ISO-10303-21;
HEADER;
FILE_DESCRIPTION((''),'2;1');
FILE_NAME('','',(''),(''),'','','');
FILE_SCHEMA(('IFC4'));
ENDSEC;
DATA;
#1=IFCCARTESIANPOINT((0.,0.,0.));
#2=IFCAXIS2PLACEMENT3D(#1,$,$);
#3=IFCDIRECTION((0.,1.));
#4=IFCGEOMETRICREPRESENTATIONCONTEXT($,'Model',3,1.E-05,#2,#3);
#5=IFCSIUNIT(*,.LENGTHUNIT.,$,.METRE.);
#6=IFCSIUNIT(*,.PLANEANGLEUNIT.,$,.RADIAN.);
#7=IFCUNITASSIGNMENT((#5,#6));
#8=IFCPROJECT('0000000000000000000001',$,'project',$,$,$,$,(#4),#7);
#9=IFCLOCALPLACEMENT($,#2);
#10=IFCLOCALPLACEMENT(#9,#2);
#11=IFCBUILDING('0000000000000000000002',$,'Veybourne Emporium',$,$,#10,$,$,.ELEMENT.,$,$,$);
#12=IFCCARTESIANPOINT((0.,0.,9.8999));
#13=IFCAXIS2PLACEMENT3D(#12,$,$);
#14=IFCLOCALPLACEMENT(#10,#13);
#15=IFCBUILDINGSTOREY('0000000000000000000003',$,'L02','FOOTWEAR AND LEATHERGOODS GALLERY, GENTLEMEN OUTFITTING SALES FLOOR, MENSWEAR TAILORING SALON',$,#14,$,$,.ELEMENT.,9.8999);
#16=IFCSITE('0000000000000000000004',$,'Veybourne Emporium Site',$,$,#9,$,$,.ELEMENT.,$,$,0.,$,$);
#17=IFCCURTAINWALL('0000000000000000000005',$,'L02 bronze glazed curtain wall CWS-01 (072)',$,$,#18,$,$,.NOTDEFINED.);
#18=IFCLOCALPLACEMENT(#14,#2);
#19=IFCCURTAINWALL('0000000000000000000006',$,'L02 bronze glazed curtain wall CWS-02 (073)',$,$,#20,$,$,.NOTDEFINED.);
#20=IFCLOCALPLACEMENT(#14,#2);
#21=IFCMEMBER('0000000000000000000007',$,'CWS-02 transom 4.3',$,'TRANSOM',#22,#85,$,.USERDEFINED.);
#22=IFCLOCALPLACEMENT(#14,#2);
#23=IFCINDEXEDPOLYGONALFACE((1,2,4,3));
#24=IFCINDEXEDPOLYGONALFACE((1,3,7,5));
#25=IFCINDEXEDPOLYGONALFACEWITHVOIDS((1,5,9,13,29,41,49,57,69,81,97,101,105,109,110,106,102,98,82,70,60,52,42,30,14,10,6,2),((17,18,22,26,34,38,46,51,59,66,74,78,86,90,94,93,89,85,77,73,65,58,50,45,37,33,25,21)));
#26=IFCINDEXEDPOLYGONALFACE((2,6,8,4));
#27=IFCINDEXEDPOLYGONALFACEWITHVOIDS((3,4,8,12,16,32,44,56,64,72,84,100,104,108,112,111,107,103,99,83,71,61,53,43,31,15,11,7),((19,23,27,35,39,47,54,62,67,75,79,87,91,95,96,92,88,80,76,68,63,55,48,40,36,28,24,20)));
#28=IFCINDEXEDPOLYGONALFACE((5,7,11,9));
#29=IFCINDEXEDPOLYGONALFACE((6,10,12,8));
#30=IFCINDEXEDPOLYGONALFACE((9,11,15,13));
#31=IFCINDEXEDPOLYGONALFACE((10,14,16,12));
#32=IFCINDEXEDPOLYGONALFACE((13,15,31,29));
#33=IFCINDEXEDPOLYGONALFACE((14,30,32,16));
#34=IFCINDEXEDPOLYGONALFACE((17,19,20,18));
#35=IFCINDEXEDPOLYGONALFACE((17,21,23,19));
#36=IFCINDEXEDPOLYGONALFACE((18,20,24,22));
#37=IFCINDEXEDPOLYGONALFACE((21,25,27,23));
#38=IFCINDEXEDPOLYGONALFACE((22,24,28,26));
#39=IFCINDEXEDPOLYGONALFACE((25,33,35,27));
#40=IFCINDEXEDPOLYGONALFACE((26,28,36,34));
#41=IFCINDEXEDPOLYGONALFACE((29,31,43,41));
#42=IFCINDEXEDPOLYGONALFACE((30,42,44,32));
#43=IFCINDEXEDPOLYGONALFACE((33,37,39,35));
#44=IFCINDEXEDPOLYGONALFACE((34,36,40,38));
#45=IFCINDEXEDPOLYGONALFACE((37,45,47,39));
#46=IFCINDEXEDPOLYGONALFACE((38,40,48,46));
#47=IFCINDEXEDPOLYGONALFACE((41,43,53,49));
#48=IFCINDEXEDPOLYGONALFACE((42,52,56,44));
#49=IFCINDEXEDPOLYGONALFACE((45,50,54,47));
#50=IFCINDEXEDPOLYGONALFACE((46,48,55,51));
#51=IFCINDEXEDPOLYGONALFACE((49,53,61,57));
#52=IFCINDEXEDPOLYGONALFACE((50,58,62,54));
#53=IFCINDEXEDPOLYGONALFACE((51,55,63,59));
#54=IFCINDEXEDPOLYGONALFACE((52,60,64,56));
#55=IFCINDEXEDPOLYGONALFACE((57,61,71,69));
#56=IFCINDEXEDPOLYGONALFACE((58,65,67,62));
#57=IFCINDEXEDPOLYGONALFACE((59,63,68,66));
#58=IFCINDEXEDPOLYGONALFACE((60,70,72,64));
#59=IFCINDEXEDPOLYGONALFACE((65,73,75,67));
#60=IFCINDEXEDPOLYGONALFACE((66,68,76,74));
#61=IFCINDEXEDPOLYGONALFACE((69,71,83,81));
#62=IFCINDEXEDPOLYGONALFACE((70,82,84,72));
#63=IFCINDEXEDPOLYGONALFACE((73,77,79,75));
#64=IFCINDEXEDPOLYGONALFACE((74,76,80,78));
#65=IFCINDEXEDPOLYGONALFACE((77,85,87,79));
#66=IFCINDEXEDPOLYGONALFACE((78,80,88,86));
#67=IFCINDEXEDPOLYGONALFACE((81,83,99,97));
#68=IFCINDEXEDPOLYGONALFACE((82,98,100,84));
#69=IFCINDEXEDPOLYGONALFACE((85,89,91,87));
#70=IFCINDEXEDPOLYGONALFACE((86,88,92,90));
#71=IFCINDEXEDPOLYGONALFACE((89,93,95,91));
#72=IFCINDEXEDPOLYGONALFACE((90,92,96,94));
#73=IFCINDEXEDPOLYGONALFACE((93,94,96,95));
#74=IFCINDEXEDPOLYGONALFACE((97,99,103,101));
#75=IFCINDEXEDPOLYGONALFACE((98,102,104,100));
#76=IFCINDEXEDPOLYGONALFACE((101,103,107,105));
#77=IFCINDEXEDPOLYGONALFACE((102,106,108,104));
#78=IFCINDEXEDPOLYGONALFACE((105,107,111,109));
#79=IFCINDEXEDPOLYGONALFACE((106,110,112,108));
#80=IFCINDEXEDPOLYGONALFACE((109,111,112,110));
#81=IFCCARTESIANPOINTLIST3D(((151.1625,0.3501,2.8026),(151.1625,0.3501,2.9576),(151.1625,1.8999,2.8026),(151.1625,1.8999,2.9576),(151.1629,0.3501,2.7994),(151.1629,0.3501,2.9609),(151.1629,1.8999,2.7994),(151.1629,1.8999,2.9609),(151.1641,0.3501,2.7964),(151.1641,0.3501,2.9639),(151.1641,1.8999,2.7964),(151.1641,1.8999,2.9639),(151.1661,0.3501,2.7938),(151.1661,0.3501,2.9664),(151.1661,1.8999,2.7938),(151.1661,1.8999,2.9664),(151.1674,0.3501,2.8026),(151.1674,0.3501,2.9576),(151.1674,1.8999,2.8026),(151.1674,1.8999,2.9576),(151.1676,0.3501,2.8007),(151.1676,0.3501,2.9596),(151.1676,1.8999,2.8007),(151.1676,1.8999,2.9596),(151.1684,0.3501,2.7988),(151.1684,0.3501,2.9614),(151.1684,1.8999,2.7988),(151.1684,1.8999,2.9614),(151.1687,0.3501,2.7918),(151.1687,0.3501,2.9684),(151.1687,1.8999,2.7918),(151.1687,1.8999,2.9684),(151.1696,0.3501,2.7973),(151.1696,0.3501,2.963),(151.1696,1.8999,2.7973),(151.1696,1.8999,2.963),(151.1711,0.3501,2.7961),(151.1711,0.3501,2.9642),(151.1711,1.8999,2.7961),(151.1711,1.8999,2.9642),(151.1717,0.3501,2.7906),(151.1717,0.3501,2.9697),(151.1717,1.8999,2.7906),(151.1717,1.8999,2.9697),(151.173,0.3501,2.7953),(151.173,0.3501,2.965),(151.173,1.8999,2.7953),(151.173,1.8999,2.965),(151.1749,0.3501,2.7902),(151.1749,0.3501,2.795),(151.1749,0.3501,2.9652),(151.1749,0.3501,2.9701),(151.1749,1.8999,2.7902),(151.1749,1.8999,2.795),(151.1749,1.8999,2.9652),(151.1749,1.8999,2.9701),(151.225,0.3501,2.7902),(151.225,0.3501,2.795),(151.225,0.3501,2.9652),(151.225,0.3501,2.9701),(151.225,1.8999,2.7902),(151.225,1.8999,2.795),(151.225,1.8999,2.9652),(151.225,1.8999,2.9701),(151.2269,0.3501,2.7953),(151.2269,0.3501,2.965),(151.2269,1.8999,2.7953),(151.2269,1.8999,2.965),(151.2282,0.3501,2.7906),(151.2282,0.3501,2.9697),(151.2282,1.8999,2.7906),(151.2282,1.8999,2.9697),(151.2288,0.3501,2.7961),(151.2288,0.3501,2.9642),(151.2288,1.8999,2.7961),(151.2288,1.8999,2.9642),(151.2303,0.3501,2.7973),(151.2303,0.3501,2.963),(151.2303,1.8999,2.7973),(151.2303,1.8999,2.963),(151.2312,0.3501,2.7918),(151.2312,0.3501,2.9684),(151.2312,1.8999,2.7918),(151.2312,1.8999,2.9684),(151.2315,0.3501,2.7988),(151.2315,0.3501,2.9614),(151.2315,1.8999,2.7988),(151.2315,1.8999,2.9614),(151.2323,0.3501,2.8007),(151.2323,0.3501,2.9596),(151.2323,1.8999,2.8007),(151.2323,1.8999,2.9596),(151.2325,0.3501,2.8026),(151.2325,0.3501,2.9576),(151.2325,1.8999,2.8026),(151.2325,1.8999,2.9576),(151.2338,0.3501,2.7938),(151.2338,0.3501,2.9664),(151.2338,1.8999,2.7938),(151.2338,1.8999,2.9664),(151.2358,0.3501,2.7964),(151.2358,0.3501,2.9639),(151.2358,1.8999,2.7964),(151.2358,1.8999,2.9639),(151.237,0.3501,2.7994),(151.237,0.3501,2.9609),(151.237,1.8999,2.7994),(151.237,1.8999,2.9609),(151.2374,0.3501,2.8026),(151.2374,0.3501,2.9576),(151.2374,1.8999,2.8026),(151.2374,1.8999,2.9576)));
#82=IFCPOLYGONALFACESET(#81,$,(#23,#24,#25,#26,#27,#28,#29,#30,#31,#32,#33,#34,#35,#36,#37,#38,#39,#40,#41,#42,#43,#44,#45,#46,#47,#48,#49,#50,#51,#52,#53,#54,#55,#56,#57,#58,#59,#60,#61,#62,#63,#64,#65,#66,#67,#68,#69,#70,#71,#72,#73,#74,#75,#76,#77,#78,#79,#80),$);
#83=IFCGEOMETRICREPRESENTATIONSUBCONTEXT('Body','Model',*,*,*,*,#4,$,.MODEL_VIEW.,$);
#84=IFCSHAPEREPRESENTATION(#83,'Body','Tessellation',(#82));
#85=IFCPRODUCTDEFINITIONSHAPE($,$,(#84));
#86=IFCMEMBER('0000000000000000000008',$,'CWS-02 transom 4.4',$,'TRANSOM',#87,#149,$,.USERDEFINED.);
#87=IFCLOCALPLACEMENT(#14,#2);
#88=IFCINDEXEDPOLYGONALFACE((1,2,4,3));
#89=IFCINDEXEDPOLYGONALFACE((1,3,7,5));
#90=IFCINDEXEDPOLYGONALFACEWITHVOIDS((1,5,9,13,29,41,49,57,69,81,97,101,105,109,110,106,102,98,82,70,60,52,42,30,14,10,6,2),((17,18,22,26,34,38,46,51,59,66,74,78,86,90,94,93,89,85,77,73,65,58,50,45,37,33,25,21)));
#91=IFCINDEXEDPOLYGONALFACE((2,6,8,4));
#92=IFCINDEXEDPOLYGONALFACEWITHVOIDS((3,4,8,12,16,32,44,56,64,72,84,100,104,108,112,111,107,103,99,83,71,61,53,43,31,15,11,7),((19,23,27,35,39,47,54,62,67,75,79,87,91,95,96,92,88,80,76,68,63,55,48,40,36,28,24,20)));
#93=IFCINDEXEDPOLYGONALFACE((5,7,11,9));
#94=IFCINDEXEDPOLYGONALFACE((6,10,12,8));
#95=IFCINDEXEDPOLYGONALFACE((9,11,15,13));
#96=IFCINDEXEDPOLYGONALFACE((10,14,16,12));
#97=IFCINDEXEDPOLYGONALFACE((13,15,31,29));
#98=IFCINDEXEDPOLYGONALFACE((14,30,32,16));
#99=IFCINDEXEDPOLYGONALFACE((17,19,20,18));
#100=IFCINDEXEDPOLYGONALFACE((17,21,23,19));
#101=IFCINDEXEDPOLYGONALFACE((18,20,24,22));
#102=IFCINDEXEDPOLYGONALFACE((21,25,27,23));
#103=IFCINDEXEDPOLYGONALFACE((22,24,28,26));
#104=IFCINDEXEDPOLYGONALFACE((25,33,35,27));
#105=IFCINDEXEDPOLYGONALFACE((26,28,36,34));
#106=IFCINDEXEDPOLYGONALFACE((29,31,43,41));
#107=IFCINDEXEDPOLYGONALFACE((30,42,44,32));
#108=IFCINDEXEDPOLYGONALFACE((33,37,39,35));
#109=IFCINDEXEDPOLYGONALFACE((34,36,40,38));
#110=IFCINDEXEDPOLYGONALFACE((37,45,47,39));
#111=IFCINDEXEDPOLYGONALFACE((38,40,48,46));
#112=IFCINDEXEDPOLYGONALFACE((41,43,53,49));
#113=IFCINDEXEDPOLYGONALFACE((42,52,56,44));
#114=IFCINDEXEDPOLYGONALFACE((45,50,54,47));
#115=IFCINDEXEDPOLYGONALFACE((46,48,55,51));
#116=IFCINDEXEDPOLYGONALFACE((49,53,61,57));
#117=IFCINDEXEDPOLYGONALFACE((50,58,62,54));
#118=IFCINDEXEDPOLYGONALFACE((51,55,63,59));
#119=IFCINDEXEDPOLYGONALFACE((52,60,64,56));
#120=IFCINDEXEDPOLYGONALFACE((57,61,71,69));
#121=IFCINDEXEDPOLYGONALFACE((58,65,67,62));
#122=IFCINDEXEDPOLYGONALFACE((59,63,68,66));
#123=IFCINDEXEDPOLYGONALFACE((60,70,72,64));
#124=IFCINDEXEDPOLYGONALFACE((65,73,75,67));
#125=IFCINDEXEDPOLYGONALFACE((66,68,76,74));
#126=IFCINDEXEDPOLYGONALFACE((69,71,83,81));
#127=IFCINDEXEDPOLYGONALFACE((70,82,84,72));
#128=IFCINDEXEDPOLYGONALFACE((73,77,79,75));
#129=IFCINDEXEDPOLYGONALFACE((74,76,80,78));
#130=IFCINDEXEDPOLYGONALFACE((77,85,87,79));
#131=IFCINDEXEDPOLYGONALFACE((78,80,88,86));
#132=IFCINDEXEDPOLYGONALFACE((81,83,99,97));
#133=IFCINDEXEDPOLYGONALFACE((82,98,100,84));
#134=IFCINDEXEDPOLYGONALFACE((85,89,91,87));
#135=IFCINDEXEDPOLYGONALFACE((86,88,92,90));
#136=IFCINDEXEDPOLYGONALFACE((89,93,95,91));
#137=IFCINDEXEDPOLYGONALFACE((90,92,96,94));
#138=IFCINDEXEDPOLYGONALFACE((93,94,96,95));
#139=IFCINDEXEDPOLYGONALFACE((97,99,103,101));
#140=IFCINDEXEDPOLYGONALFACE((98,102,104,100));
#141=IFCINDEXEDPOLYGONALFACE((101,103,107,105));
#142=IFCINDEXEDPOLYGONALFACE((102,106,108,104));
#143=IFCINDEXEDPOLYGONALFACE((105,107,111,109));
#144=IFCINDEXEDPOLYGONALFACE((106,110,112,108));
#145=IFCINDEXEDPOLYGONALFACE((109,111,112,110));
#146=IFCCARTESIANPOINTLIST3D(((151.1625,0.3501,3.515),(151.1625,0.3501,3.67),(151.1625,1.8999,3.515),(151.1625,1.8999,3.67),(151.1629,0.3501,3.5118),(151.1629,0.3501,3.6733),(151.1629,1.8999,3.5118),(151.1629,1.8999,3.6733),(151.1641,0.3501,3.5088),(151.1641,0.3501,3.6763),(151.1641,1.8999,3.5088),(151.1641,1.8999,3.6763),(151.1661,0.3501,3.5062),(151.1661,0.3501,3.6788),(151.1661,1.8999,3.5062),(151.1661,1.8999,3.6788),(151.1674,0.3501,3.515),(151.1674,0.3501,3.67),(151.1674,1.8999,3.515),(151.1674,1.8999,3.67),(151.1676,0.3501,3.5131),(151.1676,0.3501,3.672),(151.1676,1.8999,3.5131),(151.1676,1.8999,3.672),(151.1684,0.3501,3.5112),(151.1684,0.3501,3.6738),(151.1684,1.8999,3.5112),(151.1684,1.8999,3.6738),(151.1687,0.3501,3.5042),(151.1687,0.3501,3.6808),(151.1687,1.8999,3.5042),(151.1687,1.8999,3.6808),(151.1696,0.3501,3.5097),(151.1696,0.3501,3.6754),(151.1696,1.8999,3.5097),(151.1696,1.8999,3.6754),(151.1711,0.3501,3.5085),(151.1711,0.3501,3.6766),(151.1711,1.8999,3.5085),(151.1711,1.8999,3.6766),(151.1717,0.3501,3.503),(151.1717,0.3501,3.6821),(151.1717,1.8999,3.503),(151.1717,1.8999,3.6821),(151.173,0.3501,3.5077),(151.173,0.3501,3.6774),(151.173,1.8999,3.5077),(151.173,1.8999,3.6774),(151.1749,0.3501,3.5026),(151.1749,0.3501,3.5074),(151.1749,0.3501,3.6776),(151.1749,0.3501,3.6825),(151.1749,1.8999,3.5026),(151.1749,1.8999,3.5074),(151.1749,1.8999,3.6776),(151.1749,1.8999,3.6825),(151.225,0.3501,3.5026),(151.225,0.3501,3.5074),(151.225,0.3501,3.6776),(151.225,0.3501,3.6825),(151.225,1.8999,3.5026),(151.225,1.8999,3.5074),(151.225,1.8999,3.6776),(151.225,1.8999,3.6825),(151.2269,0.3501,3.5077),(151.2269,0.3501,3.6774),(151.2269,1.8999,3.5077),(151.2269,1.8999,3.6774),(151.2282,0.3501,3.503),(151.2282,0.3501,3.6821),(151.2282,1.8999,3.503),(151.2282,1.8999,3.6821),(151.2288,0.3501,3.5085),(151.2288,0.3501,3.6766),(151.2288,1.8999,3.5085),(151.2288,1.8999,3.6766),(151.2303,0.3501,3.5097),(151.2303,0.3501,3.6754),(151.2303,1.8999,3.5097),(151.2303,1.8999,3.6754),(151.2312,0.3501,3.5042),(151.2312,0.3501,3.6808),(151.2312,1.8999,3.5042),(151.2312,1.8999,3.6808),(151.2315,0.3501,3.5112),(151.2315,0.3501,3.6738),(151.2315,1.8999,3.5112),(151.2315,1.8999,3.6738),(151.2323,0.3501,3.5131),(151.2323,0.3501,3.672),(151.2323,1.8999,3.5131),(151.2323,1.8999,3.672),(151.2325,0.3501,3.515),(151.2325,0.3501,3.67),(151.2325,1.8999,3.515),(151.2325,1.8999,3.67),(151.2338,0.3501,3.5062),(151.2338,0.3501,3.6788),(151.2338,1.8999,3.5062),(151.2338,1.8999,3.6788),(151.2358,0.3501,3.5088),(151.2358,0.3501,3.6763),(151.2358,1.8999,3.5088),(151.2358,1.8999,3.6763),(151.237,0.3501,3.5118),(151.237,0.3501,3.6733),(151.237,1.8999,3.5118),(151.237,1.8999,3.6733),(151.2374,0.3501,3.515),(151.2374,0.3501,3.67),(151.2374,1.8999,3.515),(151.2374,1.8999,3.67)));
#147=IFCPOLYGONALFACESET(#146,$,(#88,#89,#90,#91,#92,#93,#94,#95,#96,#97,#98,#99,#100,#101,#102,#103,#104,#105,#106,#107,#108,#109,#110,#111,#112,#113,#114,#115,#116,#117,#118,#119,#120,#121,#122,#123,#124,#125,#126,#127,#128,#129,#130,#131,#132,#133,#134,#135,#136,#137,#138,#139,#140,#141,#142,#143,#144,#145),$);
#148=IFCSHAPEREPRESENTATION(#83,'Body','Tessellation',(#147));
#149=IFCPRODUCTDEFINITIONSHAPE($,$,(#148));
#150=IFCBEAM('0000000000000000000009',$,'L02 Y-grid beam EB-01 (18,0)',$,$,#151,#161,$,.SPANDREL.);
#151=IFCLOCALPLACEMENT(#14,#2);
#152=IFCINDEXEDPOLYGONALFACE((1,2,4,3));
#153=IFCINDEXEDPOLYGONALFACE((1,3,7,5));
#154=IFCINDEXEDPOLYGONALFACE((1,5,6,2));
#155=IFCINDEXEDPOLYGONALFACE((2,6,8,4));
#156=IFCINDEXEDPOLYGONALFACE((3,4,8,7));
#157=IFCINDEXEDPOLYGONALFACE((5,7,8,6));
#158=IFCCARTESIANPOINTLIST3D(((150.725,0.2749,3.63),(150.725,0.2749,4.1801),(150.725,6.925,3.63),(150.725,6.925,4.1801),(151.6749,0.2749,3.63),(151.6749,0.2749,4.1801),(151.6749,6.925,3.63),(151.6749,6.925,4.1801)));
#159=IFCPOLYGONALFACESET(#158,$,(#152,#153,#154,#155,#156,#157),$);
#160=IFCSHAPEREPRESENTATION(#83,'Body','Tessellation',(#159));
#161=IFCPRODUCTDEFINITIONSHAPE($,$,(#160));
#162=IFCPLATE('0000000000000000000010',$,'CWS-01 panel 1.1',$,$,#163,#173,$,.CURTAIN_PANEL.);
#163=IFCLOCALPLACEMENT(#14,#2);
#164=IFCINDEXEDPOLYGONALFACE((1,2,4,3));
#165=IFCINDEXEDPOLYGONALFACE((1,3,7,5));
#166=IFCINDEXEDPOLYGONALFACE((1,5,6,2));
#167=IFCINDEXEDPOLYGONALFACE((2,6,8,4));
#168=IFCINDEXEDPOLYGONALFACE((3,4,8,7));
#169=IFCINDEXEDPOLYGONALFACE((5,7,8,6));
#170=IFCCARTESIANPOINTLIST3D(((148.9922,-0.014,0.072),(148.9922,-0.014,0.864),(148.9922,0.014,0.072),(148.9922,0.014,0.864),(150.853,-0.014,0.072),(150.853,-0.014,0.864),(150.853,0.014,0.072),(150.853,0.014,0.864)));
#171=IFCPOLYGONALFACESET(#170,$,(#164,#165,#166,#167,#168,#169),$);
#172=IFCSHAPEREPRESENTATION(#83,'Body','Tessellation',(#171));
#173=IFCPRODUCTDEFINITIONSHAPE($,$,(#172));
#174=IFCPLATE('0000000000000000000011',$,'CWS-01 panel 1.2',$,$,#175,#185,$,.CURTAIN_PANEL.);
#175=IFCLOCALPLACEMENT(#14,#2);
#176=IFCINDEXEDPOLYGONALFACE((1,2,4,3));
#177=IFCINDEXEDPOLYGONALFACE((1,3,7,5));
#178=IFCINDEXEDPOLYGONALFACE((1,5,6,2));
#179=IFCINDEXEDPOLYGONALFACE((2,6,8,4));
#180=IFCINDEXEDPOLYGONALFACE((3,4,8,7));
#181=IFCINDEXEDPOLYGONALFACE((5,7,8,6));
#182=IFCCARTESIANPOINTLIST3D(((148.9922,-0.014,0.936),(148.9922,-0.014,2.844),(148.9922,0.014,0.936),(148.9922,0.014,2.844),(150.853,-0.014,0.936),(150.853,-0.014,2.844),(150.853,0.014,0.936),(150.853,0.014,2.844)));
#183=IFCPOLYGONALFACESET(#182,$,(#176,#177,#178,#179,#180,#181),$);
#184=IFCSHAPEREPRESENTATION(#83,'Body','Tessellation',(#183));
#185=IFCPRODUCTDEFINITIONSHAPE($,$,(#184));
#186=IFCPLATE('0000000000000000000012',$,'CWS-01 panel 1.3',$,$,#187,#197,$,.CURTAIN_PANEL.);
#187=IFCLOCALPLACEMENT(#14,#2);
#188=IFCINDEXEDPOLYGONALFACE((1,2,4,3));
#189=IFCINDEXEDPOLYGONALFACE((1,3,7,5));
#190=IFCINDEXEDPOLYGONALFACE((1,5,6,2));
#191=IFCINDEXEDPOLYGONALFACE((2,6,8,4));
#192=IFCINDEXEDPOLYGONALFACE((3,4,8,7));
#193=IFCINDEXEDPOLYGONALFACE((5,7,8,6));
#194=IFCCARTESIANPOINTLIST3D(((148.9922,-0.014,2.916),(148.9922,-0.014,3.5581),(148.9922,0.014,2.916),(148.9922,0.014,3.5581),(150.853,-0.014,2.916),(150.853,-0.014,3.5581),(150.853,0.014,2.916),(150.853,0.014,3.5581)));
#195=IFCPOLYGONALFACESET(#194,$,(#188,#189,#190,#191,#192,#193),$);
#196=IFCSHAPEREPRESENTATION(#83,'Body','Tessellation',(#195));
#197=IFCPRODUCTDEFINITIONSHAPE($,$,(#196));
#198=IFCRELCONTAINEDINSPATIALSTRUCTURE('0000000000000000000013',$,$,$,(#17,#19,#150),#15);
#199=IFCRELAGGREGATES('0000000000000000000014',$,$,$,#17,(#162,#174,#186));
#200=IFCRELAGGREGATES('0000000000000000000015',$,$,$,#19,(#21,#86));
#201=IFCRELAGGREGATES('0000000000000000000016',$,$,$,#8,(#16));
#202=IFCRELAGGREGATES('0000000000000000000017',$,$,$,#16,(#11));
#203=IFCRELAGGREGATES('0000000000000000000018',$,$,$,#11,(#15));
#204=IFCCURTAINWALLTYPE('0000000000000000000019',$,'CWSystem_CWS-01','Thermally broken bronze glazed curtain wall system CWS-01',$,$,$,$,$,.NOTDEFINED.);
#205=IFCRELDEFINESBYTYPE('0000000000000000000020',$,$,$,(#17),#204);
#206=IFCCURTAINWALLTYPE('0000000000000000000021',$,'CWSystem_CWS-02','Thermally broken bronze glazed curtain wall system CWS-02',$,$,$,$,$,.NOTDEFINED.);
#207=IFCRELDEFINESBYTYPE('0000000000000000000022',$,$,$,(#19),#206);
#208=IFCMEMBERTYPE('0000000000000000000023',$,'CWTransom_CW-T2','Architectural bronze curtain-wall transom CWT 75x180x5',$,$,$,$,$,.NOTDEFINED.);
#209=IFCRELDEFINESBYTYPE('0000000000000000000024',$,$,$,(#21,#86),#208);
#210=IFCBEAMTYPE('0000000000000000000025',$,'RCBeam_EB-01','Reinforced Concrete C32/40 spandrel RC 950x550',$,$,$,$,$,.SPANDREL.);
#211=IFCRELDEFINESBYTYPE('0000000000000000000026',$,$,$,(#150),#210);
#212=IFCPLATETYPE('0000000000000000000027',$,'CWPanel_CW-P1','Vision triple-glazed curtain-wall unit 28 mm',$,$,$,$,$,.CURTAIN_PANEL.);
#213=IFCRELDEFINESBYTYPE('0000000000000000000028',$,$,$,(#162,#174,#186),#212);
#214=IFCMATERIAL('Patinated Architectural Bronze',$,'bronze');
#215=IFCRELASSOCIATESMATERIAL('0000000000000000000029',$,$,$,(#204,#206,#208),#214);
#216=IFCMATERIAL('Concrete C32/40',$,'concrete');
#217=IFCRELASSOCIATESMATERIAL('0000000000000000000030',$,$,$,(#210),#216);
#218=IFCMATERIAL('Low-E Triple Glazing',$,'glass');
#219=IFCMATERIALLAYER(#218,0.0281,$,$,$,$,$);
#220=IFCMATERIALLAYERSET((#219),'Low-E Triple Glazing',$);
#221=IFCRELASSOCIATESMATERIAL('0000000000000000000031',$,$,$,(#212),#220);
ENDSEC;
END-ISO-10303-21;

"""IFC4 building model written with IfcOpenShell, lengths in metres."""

from ifc_helpers import new_model, si_unit, direction, frame, origin, origin_2d, place, context, subcontext, project, spatial, rectangle, hollow_rectangle, extrude, material, layer, layer_set, material_profile, profile_set, type_object, element, aggregate, save


model = new_model("IFC4")

# Units and contexts
model_context = context("Model", 3, precision=1e-05, world=origin(), true_north=direction((0.0, 1.0)))
body_context = subcontext(model_context, "Body", "Model", "MODEL_VIEW")
ifc_project = project(units=[si_unit("LENGTHUNIT", "METRE"), si_unit("PLANEANGLEUNIT", "RADIAN")], contexts=[model_context])

# Site, building, storey
site_placement = place(None, origin())
site = spatial("IfcSite", under=ifc_project, at=site_placement, Name="Veybourne Emporium Site", CompositionType="ELEMENT", RefElevation=0.0)
building_placement = place(site_placement, origin())
building = spatial("IfcBuilding", under=site, at=building_placement, Name="Veybourne Emporium", CompositionType="ELEMENT")
storey_placement = place(building_placement, frame((0.0, 0.0, 9.8999)))
storey = spatial("IfcBuildingStorey", under=building, at=storey_placement, Name="L02", Description="FOOTWEAR AND LEATHERGOODS GALLERY, GENTLEMEN OUTFITTING SALES FLOOR, MENSWEAR TAILORING SALON", CompositionType="ELEMENT", Elevation=9.8999)

# Curtain walls
ifc_material_1 = material(Name="Patinated Architectural Bronze", Category="bronze")
curtain_wall_type_1 = type_object("IfcCurtainWallType", Name="CWSystem_CWS-01", Description="Thermally broken bronze glazed curtain wall system CWS-01", PredefinedType="NOTDEFINED", material=ifc_material_1)
curtain_wall_1_placement = place(storey_placement, origin())
curtain_wall_1 = element("IfcCurtainWall", 1, at=curtain_wall_1_placement, inside=storey, type_object=curtain_wall_type_1, Name="L02 bronze glazed curtain wall CWS-01 (072)", PredefinedType="NOTDEFINED")
curtain_wall_type_2 = type_object("IfcCurtainWallType", Name="CWSystem_CWS-02", Description="Thermally broken bronze glazed curtain wall system CWS-02", PredefinedType="NOTDEFINED", material=ifc_material_1)
curtain_wall_2_placement = place(storey_placement, origin())
curtain_wall_2 = element("IfcCurtainWall", 2, at=curtain_wall_2_placement, inside=storey, type_object=curtain_wall_type_2, Name="L02 bronze glazed curtain wall CWS-02 (073)", PredefinedType="NOTDEFINED")

# Members
ifc_material_profile_1 = material_profile(ifc_material_1, hollow_rectangle(XDim=0.075, YDim=0.1799, WallThickness=0.0049, InnerFilletRadius=0.0076, OuterFilletRadius=0.0125, at=origin_2d()), Name="CWT 75x180x5")
ifc_profile_set_1 = profile_set([ifc_material_profile_1], Name="Patinated Architectural Bronze")
member_type_1 = type_object("IfcMemberType", Name="CWTransom_CW-T2", Description="Architectural bronze curtain-wall transom CWT 75x180x5", PredefinedType="NOTDEFINED", material=ifc_profile_set_1)
member_1_placement = place(storey_placement, frame((151.2, 1.8999, 2.8801), z_axis=(0.0, -1.0, 0.0), x_axis=(1.0, 0.0, 0.0)))
member_1 = element("IfcMember", 3, at=member_1_placement, type_object=member_type_1, Name="CWS-02 transom 4.3", ObjectType="TRANSOM", PredefinedType="USERDEFINED", context=body_context, shape_type="SweptSolid", body=[
    extrude(hollow_rectangle(XDim=0.075, YDim=0.1799, WallThickness=0.0049, InnerFilletRadius=0.0076, OuterFilletRadius=0.0125, at=origin_2d()), origin(), (0.0, 0.0, 1.0), 1.5498),
])
member_2_placement = place(storey_placement, frame((151.2, 1.8999, 3.5925), z_axis=(0.0, -1.0, 0.0), x_axis=(1.0, 0.0, 0.0)))
member_2 = element("IfcMember", 4, at=member_2_placement, type_object=member_type_1, Name="CWS-02 transom 4.4", ObjectType="TRANSOM", PredefinedType="USERDEFINED", context=body_context, shape_type="SweptSolid", body=[
    extrude(hollow_rectangle(XDim=0.075, YDim=0.1799, WallThickness=0.0049, InnerFilletRadius=0.0076, OuterFilletRadius=0.0125, at=origin_2d()), origin(), (0.0, 0.0, 1.0), 1.5498),
])

# Beam
ifc_material_2 = material(Name="Concrete C32/40", Category="concrete")
ifc_material_profile_2 = material_profile(ifc_material_2, rectangle(XDim=0.95, YDim=0.55, at=origin_2d()), Name="RC 950x550")
ifc_profile_set_2 = profile_set([ifc_material_profile_2], Name="Concrete C32/40")
beam_type = type_object("IfcBeamType", Name="RCBeam_EB-01", Description="Reinforced Concrete C32/40 spandrel RC 950x550", PredefinedType="SPANDREL", material=ifc_profile_set_2)
beam_placement = place(storey_placement, frame((151.2, 0.2749, 3.905), z_axis=(0.0, 1.0, 0.0), x_axis=(-1.0, 0.0, 0.0)))
element("IfcBeam", 5, at=beam_placement, inside=storey, type_object=beam_type, Name="L02 Y-grid beam EB-01 (18,0)", PredefinedType="SPANDREL", context=body_context, shape_type="SweptSolid", body=[
    extrude(rectangle(XDim=0.95, YDim=0.55, at=origin_2d()), origin(), (0.0, 0.0, 1.0), 6.6501),
])

# Plates
ifc_material_3 = material(Name="Low-E Triple Glazing", Category="glass")
ifc_layer_1 = layer(ifc_material_3, 0.0281)
ifc_layer_set_1 = layer_set([ifc_layer_1], Name="Low-E Triple Glazing")
plate_type = type_object("IfcPlateType", Name="CWPanel_CW-P1", Description="Vision triple-glazed curtain-wall unit 28 mm", PredefinedType="CURTAIN_PANEL", material=ifc_layer_set_1)
plate_1_placement = place(storey_placement, frame((149.9226, 0.0, 0.072), z_axis=(0.0, 0.0, 1.0), x_axis=(-1.0, 0.0, 0.0)))
plate_1 = element("IfcPlate", 6, at=plate_1_placement, type_object=plate_type, Name="CWS-01 panel 1.1", PredefinedType="CURTAIN_PANEL", context=body_context, shape_type="SweptSolid", body=[
    extrude(rectangle(XDim=1.8608, YDim=0.0281, at=origin_2d()), origin(), (0.0, 0.0, 1.0), 0.792),
])
plate_2_placement = place(storey_placement, frame((149.9226, 0.0, 0.936), z_axis=(0.0, 0.0, 1.0), x_axis=(-1.0, 0.0, 0.0)))
plate_2 = element("IfcPlate", 7, at=plate_2_placement, type_object=plate_type, Name="CWS-01 panel 1.2", PredefinedType="CURTAIN_PANEL", context=body_context, shape_type="SweptSolid", body=[
    extrude(rectangle(XDim=1.8608, YDim=0.0281, at=origin_2d()), origin(), (0.0, 0.0, 1.0), 1.908),
])
plate_3_placement = place(storey_placement, frame((149.9226, 0.0, 2.916), z_axis=(0.0, 0.0, 1.0), x_axis=(-1.0, 0.0, 0.0)))
plate_3 = element("IfcPlate", 8, at=plate_3_placement, type_object=plate_type, Name="CWS-01 panel 1.3", PredefinedType="CURTAIN_PANEL", context=body_context, shape_type="SweptSolid", body=[
    extrude(rectangle(XDim=1.8608, YDim=0.0281, at=origin_2d()), origin(), (0.0, 0.0, 1.0), 0.6421),
])
aggregate(curtain_wall_1, [plate_1, plate_2, plate_3])
aggregate(curtain_wall_2, [member_1, member_2])

save(model, "model.ifc")
